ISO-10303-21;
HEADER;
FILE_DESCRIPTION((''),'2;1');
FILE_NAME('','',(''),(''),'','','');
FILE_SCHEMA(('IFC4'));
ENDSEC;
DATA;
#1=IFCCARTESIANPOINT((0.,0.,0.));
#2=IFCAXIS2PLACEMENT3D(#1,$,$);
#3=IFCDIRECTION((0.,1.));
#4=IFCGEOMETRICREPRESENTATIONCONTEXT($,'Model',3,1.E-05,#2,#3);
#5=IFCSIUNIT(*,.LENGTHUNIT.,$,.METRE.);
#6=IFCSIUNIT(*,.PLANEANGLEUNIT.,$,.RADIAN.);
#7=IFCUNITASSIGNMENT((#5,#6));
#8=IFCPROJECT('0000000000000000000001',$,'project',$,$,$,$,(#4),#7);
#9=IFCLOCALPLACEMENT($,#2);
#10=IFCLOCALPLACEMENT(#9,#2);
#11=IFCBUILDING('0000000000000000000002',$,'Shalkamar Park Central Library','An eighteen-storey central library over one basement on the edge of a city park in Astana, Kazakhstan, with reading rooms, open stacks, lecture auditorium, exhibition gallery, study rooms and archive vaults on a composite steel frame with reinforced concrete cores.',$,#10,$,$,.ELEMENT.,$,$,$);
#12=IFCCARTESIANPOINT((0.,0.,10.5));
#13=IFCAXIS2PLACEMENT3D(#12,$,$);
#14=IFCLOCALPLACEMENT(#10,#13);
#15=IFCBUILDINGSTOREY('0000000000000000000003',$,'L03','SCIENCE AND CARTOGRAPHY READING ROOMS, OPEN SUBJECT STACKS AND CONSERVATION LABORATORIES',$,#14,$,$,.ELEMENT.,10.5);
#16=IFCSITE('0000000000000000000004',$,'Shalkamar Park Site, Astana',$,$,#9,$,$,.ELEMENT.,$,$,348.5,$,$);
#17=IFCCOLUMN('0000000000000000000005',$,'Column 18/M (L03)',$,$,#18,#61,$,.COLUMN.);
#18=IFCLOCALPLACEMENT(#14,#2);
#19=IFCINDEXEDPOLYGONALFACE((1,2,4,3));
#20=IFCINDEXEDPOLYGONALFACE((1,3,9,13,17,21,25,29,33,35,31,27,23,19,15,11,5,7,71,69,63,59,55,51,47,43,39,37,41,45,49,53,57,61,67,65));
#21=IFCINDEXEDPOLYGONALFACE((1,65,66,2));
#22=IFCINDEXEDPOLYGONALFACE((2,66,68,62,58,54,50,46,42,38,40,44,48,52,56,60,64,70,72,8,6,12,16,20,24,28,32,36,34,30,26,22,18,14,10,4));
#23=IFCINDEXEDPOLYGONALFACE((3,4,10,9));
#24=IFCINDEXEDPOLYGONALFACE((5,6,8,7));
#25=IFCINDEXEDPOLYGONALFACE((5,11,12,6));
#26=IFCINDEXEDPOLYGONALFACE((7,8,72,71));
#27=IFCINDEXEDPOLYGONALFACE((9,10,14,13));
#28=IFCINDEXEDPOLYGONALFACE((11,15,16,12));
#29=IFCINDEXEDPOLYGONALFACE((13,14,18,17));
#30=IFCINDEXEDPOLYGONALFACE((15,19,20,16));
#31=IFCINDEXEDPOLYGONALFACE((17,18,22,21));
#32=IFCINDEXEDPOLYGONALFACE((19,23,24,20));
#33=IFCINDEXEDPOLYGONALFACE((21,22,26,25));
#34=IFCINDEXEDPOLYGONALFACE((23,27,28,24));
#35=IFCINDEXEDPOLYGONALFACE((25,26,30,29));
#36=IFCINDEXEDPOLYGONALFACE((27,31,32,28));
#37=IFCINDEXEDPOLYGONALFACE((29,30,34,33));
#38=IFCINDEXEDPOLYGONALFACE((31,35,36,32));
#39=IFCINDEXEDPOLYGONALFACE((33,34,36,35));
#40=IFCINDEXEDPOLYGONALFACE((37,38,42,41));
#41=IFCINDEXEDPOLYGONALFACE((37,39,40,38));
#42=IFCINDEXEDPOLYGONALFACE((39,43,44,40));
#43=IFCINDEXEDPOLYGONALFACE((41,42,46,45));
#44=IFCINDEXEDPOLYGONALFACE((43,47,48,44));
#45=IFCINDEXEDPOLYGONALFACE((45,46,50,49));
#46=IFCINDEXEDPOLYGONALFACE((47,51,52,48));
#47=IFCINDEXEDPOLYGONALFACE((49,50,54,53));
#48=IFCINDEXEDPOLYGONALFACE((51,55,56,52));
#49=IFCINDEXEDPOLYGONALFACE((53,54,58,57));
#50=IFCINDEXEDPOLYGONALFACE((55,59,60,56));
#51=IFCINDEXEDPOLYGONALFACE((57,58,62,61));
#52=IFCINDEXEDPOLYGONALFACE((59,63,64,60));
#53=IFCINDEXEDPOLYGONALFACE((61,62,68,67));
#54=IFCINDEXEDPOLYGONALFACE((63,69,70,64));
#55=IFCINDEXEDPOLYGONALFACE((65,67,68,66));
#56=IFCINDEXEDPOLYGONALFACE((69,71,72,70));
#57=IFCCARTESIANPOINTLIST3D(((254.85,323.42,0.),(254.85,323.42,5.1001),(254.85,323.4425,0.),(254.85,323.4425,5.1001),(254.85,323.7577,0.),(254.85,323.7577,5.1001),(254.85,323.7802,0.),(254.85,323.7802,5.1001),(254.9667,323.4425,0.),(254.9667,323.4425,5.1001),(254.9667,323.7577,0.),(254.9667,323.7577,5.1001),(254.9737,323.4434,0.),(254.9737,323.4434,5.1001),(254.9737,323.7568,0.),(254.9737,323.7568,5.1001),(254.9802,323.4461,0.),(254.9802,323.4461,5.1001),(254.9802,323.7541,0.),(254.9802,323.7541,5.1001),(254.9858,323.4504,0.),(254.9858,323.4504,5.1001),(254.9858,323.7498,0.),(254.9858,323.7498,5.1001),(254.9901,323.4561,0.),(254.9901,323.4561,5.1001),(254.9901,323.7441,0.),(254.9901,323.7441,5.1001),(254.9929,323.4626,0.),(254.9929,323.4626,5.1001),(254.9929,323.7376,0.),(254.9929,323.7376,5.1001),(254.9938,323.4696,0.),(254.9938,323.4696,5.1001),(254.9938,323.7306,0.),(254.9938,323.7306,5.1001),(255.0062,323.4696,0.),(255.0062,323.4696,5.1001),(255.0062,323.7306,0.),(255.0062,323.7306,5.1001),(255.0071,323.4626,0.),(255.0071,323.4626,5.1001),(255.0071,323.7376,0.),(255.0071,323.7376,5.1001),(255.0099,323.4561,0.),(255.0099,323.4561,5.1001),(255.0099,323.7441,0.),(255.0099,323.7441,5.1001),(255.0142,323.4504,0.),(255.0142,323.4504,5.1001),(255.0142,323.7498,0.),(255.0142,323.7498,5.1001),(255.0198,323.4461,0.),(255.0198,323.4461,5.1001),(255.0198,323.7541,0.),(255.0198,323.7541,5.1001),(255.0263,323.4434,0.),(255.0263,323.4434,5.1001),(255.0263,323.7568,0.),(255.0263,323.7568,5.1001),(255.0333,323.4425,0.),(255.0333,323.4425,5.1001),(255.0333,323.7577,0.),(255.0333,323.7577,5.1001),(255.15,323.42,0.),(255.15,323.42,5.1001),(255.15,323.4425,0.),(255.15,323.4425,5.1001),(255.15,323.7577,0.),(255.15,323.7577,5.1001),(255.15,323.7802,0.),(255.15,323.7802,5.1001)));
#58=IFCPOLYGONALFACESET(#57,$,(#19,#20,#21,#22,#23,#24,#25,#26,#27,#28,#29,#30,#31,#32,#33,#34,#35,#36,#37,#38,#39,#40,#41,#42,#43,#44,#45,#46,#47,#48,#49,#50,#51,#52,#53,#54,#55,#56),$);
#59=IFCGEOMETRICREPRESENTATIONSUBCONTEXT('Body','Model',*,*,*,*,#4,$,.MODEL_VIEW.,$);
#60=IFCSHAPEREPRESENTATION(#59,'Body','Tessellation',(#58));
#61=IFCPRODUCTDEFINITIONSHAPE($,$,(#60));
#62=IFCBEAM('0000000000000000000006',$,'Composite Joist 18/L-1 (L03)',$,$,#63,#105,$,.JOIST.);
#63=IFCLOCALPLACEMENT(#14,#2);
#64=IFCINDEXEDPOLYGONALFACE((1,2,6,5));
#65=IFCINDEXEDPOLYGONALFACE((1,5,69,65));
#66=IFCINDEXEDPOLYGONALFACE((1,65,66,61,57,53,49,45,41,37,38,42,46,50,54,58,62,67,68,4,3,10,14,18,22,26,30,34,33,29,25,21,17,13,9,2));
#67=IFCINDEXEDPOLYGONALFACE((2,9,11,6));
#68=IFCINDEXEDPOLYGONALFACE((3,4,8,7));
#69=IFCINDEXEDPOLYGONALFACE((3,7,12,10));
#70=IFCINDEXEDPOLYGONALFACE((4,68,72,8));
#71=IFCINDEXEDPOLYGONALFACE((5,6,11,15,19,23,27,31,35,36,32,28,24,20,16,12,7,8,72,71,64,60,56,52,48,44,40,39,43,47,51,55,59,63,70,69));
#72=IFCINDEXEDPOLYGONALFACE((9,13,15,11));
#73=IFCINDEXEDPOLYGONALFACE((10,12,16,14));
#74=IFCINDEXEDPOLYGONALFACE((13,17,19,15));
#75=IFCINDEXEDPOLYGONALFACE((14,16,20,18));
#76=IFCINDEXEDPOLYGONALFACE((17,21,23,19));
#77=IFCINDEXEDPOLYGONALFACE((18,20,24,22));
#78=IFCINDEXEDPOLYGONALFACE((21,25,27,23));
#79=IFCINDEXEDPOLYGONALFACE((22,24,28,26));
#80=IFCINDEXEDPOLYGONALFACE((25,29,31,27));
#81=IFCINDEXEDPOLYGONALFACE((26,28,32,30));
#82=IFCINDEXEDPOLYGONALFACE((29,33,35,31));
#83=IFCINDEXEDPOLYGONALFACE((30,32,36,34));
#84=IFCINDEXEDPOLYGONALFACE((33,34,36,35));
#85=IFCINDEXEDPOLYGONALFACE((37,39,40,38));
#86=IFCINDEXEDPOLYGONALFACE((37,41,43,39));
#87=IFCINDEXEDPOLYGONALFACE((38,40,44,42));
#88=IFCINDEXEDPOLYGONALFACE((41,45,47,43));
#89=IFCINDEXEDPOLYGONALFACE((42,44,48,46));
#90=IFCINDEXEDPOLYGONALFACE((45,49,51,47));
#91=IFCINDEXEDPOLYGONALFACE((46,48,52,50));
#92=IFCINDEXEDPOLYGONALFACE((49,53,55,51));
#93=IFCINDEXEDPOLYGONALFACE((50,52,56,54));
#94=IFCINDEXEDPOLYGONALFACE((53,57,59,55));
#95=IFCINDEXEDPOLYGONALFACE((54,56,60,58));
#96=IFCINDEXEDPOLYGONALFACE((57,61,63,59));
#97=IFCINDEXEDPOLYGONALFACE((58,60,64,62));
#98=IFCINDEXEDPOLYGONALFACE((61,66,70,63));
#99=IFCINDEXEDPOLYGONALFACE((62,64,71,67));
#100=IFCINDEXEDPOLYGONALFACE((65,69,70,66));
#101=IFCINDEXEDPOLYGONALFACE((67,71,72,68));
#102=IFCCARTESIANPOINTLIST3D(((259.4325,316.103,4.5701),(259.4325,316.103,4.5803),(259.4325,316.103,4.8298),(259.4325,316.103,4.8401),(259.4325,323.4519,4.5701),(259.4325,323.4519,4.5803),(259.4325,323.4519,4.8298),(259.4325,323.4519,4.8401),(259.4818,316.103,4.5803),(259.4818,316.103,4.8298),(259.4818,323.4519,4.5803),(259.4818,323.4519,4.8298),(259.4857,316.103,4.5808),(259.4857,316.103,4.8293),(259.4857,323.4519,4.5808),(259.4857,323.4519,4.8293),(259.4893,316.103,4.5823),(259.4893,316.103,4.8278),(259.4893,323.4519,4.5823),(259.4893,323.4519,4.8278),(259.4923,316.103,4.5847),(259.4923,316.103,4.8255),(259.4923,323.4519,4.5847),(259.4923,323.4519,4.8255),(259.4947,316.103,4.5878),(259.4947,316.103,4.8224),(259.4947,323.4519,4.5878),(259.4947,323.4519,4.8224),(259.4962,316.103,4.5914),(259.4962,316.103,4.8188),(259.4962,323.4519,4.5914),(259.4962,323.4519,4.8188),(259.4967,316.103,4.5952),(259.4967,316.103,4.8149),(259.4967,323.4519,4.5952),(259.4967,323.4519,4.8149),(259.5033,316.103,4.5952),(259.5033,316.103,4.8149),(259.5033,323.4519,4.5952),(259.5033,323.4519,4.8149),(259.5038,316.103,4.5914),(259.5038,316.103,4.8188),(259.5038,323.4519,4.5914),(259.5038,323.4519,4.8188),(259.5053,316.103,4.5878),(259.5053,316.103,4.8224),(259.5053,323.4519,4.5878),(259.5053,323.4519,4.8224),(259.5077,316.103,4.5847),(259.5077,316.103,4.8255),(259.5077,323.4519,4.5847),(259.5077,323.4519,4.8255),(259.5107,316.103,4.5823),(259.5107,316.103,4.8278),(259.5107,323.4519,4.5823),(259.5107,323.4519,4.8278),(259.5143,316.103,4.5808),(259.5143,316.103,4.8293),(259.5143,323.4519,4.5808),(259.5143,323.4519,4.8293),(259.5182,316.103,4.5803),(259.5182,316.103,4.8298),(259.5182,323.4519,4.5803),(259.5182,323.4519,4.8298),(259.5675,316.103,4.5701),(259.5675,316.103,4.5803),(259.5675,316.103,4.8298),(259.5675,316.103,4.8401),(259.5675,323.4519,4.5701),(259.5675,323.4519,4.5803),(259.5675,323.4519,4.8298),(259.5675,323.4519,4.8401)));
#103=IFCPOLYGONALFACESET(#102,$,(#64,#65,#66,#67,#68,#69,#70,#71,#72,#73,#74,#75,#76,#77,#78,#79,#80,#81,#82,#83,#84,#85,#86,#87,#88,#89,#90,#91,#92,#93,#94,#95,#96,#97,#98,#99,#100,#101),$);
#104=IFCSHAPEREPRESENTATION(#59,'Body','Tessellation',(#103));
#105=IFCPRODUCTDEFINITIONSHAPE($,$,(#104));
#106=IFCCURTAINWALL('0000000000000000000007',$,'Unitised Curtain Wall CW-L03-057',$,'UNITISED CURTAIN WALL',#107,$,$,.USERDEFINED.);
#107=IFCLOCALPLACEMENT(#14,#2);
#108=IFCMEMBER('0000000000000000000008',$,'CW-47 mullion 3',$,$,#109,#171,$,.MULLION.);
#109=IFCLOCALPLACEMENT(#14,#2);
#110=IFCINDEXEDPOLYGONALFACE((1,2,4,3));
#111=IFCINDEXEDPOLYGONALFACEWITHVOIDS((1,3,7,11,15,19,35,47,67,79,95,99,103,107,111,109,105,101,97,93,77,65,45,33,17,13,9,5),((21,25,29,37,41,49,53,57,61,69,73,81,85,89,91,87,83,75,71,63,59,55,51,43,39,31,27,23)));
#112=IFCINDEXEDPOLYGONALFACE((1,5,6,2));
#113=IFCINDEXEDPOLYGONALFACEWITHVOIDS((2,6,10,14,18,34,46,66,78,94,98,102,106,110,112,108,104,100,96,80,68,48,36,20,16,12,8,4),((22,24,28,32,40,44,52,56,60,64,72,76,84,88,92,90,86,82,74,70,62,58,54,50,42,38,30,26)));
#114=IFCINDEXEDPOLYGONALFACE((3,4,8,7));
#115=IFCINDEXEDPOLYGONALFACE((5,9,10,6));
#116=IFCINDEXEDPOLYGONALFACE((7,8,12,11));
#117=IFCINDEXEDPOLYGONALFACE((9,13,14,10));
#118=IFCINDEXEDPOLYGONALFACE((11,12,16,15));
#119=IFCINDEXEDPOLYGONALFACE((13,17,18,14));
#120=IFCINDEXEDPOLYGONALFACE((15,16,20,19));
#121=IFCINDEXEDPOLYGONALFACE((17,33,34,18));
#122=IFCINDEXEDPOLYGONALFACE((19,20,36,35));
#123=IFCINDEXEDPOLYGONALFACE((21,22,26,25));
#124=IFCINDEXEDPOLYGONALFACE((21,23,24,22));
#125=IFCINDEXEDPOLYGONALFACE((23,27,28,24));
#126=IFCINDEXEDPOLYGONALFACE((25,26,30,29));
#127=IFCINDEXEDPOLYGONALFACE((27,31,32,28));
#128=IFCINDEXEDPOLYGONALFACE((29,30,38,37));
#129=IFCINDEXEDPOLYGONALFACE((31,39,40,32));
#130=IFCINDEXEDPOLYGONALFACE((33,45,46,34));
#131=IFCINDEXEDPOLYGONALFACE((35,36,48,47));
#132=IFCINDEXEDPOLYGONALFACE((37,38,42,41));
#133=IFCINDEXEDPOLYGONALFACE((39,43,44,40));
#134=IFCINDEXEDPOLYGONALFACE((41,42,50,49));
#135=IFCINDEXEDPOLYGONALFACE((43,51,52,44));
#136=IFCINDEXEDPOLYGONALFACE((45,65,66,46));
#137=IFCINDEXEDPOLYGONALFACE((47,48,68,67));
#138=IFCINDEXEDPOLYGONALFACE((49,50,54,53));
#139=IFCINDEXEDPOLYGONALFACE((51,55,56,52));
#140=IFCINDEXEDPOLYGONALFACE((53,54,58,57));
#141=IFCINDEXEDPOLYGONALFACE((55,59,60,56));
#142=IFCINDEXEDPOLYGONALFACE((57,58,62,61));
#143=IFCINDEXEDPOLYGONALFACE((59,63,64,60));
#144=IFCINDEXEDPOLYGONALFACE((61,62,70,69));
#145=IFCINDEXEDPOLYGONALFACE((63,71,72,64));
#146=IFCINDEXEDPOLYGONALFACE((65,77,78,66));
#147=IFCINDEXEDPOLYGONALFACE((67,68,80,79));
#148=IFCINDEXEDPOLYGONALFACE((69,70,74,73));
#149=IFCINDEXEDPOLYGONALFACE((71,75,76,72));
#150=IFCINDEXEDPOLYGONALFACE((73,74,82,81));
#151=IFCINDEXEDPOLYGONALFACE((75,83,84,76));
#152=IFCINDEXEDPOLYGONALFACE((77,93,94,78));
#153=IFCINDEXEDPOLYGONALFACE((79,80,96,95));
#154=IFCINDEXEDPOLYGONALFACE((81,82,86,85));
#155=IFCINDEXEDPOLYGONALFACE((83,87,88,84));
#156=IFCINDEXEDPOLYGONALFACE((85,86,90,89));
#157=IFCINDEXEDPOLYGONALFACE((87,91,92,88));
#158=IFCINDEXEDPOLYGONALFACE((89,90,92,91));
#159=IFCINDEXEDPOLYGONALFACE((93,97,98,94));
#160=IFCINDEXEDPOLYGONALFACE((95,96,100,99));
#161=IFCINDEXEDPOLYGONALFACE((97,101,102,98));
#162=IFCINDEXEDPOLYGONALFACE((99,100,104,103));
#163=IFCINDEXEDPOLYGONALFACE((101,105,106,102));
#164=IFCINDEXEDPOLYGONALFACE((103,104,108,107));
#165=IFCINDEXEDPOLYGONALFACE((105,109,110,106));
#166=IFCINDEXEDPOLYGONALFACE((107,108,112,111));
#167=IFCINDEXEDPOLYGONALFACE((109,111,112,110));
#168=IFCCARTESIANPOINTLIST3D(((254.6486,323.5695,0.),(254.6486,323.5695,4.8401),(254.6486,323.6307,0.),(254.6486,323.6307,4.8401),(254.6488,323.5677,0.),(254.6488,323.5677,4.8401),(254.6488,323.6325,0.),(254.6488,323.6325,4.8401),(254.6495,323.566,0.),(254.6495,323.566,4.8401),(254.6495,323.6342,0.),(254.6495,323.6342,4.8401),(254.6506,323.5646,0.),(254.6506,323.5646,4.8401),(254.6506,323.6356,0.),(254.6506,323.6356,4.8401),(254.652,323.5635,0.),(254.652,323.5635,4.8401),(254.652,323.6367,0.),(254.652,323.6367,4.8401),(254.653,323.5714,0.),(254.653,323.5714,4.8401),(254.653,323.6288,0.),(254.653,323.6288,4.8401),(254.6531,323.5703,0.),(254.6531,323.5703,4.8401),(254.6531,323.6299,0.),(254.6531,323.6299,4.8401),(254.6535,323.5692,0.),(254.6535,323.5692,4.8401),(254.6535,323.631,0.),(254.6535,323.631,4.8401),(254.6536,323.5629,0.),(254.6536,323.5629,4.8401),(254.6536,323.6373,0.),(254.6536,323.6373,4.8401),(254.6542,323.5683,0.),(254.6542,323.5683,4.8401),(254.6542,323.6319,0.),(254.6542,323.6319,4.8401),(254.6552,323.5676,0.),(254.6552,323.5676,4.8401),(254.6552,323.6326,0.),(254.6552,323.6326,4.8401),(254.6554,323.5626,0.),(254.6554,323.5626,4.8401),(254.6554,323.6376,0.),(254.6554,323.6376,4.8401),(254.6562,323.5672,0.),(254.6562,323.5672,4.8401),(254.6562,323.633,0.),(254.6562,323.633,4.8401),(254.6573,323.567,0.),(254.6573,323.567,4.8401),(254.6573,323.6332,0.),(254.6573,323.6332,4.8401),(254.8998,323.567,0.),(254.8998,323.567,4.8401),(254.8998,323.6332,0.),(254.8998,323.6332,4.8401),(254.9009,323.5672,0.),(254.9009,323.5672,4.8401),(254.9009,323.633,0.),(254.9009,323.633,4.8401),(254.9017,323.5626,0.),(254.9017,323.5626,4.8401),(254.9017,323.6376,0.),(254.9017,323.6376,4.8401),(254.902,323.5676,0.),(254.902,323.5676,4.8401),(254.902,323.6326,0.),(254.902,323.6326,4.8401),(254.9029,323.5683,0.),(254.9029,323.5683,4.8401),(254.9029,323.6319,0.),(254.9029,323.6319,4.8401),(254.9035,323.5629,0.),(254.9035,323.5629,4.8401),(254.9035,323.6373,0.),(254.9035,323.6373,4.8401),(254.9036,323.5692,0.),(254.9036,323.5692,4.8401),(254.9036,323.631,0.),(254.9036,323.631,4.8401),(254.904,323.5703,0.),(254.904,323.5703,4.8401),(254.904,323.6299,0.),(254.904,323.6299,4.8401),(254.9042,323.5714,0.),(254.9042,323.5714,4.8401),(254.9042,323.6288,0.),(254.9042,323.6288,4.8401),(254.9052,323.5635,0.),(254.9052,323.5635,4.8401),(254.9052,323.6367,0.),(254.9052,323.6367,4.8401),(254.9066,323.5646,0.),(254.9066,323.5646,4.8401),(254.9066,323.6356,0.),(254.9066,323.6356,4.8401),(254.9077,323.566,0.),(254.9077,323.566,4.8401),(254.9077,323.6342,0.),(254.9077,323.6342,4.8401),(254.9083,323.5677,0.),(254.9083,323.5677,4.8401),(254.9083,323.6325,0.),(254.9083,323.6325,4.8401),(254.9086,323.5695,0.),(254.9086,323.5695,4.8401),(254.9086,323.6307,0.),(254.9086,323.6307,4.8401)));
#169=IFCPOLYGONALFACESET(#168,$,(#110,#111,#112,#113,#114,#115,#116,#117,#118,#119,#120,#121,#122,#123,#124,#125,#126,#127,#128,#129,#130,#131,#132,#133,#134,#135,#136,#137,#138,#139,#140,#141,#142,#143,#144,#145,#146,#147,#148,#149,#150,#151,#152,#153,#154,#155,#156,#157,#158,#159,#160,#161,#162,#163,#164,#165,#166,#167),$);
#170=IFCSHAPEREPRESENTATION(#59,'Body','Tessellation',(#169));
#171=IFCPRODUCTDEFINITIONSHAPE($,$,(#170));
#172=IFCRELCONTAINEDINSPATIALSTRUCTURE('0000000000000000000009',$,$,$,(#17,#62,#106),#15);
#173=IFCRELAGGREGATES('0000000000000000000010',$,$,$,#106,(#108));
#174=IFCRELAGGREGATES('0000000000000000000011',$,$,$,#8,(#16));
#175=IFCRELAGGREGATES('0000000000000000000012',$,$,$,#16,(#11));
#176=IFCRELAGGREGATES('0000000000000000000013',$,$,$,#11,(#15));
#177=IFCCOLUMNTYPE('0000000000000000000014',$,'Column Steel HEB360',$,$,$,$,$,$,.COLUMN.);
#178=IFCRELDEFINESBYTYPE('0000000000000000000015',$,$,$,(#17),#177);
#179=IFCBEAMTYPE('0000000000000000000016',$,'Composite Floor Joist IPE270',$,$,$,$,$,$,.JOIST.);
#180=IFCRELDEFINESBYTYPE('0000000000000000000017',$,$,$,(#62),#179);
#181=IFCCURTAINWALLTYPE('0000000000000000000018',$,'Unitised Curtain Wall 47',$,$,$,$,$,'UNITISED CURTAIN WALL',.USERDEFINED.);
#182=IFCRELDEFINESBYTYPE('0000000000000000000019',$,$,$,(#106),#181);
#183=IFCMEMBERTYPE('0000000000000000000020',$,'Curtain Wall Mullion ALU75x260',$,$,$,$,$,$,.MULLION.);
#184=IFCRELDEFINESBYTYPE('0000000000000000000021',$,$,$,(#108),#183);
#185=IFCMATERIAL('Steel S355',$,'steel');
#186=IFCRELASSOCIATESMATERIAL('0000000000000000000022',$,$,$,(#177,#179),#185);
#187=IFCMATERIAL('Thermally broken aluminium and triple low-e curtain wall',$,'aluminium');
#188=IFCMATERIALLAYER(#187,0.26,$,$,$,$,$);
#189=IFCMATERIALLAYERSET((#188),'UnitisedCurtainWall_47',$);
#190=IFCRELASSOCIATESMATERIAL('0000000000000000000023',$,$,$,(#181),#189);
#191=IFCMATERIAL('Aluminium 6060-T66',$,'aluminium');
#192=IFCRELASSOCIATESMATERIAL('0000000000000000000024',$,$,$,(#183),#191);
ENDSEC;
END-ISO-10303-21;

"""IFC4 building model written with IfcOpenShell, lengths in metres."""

from ifc_helpers import new_model, si_unit, direction, frame, origin, origin_2d, place, context, subcontext, project, spatial, hollow_rectangle, i_section, extrude, material, layer, layer_set, material_profile, profile_set, type_object, element, aggregate, save


model = new_model("IFC4")

# Units and contexts
model_context = context("Model", 3, precision=1e-05, world=origin(), true_north=direction((0.0, 1.0)))
body_context = subcontext(model_context, "Body", "Model", "MODEL_VIEW")
ifc_project = project(units=[si_unit("LENGTHUNIT", "METRE"), si_unit("PLANEANGLEUNIT", "RADIAN")], contexts=[model_context])

# Site, building, storey
site_placement = place(None, origin())
site = spatial("IfcSite", under=ifc_project, at=site_placement, Name="Shalkamar Park Site, Astana", CompositionType="ELEMENT", RefElevation=348.5)
building_placement = place(site_placement, origin())
building = spatial("IfcBuilding", under=site, at=building_placement, Name="Shalkamar Park Central Library", Description="An eighteen-storey central library over one basement on the edge of a city park in Astana, Kazakhstan, with reading rooms, open stacks, lecture auditorium, exhibition gallery, study rooms and archive vaults on a composite steel frame with reinforced concrete cores.", CompositionType="ELEMENT")
storey_placement = place(building_placement, frame((0.0, 0.0, 10.5)))
storey = spatial("IfcBuildingStorey", under=building, at=storey_placement, Name="L03", Description="SCIENCE AND CARTOGRAPHY READING ROOMS, OPEN SUBJECT STACKS AND CONSERVATION LABORATORIES", CompositionType="ELEMENT", Elevation=10.5)

# Column
ifc_material_1 = material(Name="Steel S355", Category="steel")
ifc_material_profile_1 = material_profile(ifc_material_1, i_section(OverallWidth=0.3, OverallDepth=0.3601, WebThickness=0.0125, FlangeThickness=0.0225, FilletRadius=0.0271, at=origin_2d()), Name="HEB 360")
ifc_profile_set_1 = profile_set([ifc_material_profile_1], Name="Steel S355")
column_type = type_object("IfcColumnType", Name="Column Steel HEB360", PredefinedType="COLUMN", material=ifc_profile_set_1)
column_placement = place(storey_placement, frame((255.0, 323.6001, 0.0), z_axis=(0.0, 0.0, 1.0), x_axis=(1.0, 0.0, 0.0)))
element("IfcColumn", 1, at=column_placement, inside=storey, type_object=column_type, Name="Column 18/M (L03)", PredefinedType="COLUMN", context=body_context, shape_type="SweptSolid", body=[
    extrude(i_section(OverallWidth=0.3, OverallDepth=0.3601, WebThickness=0.0125, FlangeThickness=0.0225, FilletRadius=0.0271, at=origin_2d()), origin(), (0.0, 0.0, 1.0), 5.1001),
])

# Beam
ifc_material_profile_2 = material_profile(ifc_material_1, i_section(OverallWidth=0.135, OverallDepth=0.27, WebThickness=0.0066, FlangeThickness=0.0103, FilletRadius=0.0149, at=origin_2d()), Name="IPE 270")
ifc_profile_set_2 = profile_set([ifc_material_profile_2], Name="Steel S355")
beam_type_1 = type_object("IfcBeamType", Name="Composite Floor Joist IPE270", PredefinedType="JOIST", material=ifc_profile_set_2)
beam_1_placement = place(storey_placement, frame((259.5, 316.103, 4.7051), z_axis=(0.0, 1.0, 0.0), x_axis=(-1.0, 0.0, 0.0)))
element("IfcBeam", 2, at=beam_1_placement, inside=storey, type_object=beam_type_1, Name="Composite Joist 18/L-1 (L03)", PredefinedType="JOIST", context=body_context, shape_type="SweptSolid", body=[
    extrude(i_section(OverallWidth=0.135, OverallDepth=0.27, WebThickness=0.0066, FlangeThickness=0.0103, FilletRadius=0.0149, at=origin_2d()), origin(), (0.0, 0.0, 1.0), 7.3489),
])

# Curtain wall, member
ifc_material_2 = material(Name="Thermally broken aluminium and triple low-e curtain wall", Category="aluminium")
ifc_layer_1 = layer(ifc_material_2, 0.26)
ifc_layer_set_1 = layer_set([ifc_layer_1], Name="UnitisedCurtainWall_47")
curtain_wall_type_1 = type_object("IfcCurtainWallType", Name="Unitised Curtain Wall 47", ElementType="UNITISED CURTAIN WALL", PredefinedType="USERDEFINED", material=ifc_layer_set_1)
curtain_wall_1_placement = place(storey_placement, origin())
curtain_wall_1 = element("IfcCurtainWall", 3, at=curtain_wall_1_placement, inside=storey, type_object=curtain_wall_type_1, Name="Unitised Curtain Wall CW-L03-057", ObjectType="UNITISED CURTAIN WALL", PredefinedType="USERDEFINED")
ifc_material_3 = material(Name="Aluminium 6060-T66", Category="aluminium")
ifc_material_profile_3 = material_profile(ifc_material_3, hollow_rectangle(XDim=0.075, YDim=0.26, WallThickness=0.0044, InnerFilletRadius=0.0044, OuterFilletRadius=0.0068, at=origin_2d()), Name="ALU 75x260x4.5")
ifc_profile_set_3 = profile_set([ifc_material_profile_3], Name="Aluminium 6060-T66")
member_type_1 = type_object("IfcMemberType", Name="Curtain Wall Mullion ALU75x260", PredefinedType="MULLION", material=ifc_profile_set_3)
member_1_placement = place(storey_placement, frame((254.7786, 323.6001, 0.0), z_axis=(0.0, 0.0, 1.0), x_axis=(0.0, 1.0, 0.0)))
member_1 = element("IfcMember", 4, at=member_1_placement, type_object=member_type_1, Name="CW-47 mullion 3", PredefinedType="MULLION", context=body_context, shape_type="SweptSolid", body=[
    extrude(hollow_rectangle(XDim=0.075, YDim=0.26, WallThickness=0.0044, InnerFilletRadius=0.0044, OuterFilletRadius=0.0068, at=origin_2d()), origin(), (0.0, 0.0, 1.0), 4.8401),
])

aggregate(curtain_wall_1, [member_1])

save(model, "model.ifc")
